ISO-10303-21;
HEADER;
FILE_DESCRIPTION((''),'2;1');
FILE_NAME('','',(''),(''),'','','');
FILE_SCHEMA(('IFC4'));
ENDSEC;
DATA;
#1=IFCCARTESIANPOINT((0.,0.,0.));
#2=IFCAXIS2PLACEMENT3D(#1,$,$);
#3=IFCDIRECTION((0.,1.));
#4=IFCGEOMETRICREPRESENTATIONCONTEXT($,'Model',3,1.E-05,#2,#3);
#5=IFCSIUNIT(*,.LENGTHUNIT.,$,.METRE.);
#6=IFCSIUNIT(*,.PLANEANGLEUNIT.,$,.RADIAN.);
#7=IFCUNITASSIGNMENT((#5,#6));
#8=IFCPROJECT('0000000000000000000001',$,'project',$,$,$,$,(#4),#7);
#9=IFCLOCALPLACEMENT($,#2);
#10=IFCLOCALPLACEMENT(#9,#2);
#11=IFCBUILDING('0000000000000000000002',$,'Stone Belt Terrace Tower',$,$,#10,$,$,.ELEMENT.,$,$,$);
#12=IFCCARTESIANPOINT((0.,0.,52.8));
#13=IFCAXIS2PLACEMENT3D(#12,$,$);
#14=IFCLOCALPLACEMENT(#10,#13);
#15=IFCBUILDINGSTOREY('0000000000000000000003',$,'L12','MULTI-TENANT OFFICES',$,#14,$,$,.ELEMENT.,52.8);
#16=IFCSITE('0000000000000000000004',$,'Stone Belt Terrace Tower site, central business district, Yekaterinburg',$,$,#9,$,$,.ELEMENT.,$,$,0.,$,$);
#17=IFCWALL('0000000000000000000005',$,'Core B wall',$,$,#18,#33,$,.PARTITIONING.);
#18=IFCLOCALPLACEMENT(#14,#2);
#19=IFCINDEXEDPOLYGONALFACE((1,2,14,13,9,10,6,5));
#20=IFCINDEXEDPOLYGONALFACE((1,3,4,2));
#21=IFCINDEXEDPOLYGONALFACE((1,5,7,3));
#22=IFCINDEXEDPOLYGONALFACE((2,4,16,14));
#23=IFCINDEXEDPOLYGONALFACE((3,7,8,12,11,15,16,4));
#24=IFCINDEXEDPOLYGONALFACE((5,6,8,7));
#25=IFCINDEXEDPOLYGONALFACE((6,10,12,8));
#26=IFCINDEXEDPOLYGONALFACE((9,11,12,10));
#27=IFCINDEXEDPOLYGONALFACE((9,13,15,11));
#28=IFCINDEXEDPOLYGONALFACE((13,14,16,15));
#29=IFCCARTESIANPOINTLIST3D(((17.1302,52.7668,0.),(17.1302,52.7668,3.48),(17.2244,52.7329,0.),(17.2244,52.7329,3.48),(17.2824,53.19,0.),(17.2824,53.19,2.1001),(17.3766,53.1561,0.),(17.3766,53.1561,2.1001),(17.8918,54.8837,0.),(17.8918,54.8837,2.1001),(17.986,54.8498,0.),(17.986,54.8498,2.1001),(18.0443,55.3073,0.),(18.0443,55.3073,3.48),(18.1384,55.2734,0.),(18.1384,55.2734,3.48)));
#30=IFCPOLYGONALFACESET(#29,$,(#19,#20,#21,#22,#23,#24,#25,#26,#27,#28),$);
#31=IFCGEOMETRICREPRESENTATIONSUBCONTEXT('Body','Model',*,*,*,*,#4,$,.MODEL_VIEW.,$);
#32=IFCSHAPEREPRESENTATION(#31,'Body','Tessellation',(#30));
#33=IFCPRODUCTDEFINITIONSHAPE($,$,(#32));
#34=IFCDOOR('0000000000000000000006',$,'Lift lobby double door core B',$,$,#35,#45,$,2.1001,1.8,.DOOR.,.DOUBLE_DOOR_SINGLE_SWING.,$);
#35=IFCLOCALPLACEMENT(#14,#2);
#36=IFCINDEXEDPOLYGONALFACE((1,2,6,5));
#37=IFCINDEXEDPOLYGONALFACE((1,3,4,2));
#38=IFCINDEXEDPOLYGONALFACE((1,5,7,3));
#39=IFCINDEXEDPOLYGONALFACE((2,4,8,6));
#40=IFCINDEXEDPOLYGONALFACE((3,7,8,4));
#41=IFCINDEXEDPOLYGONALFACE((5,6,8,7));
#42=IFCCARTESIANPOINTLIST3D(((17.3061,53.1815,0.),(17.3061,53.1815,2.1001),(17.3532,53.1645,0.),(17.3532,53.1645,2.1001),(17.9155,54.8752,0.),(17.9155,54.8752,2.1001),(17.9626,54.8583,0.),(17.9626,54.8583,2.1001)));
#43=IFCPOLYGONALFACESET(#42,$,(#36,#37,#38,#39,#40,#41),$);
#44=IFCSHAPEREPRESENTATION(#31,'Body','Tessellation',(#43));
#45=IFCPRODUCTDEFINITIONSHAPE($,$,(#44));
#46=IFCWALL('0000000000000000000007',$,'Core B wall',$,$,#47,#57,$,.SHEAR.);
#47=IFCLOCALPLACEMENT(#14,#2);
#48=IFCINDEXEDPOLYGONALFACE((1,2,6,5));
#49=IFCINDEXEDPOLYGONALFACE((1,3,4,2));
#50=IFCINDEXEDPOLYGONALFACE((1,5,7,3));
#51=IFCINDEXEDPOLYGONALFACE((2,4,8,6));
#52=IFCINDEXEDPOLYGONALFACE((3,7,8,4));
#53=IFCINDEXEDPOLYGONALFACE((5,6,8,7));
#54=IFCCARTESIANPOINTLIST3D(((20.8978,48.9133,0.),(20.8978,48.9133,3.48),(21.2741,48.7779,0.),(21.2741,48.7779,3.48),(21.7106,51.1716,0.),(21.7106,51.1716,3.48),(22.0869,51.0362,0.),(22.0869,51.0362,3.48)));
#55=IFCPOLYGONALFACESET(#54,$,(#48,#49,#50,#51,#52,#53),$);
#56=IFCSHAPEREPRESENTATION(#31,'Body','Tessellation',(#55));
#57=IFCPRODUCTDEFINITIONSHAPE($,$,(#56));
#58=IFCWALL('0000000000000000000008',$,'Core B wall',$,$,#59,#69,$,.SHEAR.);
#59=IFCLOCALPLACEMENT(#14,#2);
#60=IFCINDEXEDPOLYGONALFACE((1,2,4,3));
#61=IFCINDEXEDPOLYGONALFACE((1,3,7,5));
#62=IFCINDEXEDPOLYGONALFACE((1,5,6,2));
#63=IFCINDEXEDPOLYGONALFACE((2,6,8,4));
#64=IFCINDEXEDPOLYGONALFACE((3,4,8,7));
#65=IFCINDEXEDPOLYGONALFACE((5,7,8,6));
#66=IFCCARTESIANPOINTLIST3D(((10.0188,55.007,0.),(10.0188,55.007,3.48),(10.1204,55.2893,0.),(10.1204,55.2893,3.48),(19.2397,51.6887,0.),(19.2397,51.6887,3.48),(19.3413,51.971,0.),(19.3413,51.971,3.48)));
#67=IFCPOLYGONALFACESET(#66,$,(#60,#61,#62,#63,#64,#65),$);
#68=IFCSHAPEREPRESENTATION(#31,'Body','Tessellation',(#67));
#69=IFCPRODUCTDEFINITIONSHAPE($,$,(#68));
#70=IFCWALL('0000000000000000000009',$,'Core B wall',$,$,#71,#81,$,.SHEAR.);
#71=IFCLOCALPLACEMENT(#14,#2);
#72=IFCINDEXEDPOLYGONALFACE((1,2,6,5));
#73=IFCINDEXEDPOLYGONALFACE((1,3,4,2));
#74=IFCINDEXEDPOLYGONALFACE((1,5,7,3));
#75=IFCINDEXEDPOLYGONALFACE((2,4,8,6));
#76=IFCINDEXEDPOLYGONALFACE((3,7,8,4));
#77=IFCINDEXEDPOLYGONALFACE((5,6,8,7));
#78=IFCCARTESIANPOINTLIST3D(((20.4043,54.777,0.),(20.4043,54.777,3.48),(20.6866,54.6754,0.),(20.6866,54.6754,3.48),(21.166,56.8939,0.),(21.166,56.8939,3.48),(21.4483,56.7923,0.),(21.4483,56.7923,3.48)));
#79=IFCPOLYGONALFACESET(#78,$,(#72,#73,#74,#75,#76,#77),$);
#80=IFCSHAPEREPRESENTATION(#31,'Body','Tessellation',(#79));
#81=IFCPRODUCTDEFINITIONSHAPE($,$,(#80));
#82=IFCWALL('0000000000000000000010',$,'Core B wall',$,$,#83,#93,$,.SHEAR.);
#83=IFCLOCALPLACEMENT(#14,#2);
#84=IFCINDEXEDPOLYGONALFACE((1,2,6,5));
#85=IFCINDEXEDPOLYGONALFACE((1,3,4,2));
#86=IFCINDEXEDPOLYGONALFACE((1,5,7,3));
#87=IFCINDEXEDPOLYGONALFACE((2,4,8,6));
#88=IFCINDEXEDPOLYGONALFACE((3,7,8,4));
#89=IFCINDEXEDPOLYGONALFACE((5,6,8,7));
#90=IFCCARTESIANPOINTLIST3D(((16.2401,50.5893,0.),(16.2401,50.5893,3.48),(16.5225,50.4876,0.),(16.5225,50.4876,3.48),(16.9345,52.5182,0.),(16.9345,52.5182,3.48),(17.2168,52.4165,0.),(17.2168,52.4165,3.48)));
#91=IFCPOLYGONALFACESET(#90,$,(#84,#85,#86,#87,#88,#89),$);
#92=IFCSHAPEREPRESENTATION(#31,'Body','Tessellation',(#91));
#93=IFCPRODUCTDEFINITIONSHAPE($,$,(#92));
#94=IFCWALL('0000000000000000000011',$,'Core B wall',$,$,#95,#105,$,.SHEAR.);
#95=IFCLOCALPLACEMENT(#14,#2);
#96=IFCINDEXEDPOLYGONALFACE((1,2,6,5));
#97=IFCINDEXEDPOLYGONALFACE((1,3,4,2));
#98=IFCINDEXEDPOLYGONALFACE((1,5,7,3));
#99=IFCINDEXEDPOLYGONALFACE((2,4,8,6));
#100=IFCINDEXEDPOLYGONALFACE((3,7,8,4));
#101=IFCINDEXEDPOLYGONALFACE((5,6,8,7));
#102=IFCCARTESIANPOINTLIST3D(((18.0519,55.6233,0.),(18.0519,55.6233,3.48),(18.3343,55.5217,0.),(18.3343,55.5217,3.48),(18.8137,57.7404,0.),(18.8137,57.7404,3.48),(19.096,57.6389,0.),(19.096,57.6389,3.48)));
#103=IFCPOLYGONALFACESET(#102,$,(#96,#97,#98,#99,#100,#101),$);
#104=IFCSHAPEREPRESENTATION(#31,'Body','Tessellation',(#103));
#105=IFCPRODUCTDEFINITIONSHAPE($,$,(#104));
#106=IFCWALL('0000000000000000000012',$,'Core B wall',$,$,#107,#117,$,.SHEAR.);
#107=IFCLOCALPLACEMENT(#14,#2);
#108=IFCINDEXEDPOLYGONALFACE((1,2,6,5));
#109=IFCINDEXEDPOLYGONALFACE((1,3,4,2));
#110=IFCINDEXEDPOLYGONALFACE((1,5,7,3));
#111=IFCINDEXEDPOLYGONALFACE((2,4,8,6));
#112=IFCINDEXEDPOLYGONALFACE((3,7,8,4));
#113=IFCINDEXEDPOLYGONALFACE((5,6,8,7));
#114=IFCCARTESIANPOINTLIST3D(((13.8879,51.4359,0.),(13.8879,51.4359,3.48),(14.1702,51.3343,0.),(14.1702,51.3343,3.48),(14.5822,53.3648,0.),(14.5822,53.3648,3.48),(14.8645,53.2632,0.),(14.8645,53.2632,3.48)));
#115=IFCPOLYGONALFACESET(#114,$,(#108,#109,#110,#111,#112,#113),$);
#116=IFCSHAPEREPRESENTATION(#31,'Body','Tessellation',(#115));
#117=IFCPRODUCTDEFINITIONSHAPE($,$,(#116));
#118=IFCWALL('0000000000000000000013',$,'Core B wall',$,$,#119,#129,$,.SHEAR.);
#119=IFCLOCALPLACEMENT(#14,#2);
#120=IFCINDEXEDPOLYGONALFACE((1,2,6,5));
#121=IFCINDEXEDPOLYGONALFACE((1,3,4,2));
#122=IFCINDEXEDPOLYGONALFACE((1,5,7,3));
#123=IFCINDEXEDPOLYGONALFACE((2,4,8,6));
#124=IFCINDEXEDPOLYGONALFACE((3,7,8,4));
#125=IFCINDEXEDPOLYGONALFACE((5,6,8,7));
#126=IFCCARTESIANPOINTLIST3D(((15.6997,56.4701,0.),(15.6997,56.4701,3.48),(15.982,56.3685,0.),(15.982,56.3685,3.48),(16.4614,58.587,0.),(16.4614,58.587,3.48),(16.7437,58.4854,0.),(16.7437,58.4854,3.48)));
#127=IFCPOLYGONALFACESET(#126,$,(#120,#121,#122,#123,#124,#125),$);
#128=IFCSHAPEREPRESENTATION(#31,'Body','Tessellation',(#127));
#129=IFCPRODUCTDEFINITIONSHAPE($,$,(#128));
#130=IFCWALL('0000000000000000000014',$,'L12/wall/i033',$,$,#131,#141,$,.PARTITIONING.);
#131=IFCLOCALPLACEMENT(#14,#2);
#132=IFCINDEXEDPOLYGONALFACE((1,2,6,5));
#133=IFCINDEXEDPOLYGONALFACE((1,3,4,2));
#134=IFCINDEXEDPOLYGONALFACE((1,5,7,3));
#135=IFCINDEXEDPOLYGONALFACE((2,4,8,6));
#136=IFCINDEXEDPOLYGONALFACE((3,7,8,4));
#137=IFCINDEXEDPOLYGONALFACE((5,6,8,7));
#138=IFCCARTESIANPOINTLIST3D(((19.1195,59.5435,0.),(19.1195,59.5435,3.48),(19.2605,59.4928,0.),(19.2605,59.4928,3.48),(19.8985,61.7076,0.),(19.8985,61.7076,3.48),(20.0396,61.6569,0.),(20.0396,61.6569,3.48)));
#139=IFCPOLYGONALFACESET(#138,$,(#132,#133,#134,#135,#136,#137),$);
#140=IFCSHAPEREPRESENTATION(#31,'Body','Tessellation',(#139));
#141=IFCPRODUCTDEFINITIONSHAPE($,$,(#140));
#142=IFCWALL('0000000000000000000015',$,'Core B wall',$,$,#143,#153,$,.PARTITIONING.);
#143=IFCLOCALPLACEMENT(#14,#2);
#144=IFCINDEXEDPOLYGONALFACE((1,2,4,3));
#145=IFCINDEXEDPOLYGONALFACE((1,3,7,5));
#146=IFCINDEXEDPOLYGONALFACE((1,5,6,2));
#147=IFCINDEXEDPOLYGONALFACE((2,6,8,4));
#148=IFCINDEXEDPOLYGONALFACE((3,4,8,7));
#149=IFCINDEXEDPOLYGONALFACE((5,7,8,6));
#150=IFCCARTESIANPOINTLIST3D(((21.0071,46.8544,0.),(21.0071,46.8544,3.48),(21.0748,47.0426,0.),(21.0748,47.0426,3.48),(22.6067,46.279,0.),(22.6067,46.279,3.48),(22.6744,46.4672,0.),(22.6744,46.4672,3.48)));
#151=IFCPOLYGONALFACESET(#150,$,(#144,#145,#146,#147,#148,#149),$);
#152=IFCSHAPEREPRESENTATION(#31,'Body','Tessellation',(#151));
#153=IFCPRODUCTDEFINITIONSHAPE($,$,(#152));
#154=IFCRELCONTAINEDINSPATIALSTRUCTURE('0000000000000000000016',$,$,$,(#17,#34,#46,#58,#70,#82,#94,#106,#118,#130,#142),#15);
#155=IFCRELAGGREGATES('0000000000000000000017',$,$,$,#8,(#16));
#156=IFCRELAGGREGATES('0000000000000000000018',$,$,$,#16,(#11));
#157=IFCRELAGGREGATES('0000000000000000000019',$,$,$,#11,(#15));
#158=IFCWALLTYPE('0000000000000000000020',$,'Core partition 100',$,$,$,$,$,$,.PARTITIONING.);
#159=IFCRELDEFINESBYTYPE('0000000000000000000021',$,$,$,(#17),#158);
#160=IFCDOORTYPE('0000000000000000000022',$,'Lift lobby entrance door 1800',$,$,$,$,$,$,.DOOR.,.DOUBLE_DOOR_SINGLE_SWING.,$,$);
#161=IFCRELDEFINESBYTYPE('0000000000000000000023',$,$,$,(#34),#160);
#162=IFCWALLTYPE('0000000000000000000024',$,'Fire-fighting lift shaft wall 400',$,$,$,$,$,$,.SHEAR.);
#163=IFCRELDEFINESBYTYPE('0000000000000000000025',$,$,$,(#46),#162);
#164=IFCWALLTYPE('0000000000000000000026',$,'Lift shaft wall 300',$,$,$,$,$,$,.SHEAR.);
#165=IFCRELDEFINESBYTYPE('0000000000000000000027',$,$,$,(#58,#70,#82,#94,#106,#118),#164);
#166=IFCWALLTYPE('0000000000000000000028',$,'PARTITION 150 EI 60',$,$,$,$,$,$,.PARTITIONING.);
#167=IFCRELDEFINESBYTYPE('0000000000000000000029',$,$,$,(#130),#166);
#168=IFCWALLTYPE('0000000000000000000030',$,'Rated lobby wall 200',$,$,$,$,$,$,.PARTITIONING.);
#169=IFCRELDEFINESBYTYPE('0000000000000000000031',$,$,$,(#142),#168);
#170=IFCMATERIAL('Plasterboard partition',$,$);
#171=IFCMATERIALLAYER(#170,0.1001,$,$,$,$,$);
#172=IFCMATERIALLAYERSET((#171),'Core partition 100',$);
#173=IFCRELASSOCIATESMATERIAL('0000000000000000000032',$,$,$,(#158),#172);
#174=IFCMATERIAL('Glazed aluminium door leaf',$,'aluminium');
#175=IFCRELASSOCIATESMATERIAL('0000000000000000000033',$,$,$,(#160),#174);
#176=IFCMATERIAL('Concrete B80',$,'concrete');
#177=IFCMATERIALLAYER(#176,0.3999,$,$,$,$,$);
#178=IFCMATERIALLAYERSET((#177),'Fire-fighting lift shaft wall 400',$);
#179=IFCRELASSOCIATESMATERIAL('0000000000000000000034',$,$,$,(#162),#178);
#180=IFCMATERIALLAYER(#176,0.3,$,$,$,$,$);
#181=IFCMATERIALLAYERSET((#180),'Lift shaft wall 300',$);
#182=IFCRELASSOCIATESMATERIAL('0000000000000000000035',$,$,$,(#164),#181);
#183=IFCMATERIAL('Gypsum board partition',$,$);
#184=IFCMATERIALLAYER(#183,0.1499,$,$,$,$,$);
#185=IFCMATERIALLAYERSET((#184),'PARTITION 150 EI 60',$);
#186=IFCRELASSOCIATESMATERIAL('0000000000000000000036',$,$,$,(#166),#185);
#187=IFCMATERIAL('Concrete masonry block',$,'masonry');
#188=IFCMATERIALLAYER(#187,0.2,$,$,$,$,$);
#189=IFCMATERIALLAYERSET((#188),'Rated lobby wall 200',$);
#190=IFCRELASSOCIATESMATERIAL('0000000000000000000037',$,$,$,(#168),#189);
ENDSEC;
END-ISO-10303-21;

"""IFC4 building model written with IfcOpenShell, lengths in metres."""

from ifc_helpers import new_model, si_unit, direction, frame, frame_2d, origin, place, context, subcontext, project, spatial, rectangle, extrude, material, layer, layer_set, type_object, element, fill, save


model = new_model("IFC4")

# Units and contexts
model_context = context("Model", 3, precision=1e-05, world=origin(), true_north=direction((0.0, 1.0)))
body_context = subcontext(model_context, "Body", "Model", "MODEL_VIEW")
ifc_project = project(units=[si_unit("LENGTHUNIT", "METRE"), si_unit("PLANEANGLEUNIT", "RADIAN")], contexts=[model_context])

# Site, building, storey
site_placement = place(None, origin())
site = spatial("IfcSite", under=ifc_project, at=site_placement, Name="Stone Belt Terrace Tower site, central business district, Yekaterinburg", CompositionType="ELEMENT", RefElevation=0.0)
building_placement = place(site_placement, origin())
building = spatial("IfcBuilding", under=site, at=building_placement, Name="Stone Belt Terrace Tower", CompositionType="ELEMENT")
storey_placement = place(building_placement, frame((0.0, 0.0, 52.8)))
storey = spatial("IfcBuildingStorey", under=building, at=storey_placement, Name="L12", Description="MULTI-TENANT OFFICES", CompositionType="ELEMENT", Elevation=52.8)

# Shared definitions
ifc_material_1 = material(Name="Concrete B80", Category="concrete")

# Wall, opening, door
ifc_material_2 = material(Name="Plasterboard partition")
ifc_layer_1 = layer(ifc_material_2, 0.1001)
ifc_layer_set_1 = layer_set([ifc_layer_1], Name="Core partition 100")
wall_type_1 = type_object("IfcWallType", Name="Core partition 100", PredefinedType="PARTITIONING", material=ifc_layer_set_1)
wall_1_placement = place(storey_placement, frame((17.1772, 52.7498, 0.0), z_axis=(0.0, 0.0, 1.0), x_axis=(0.338547, 0.94095, 0.0)))
wall_1 = element("IfcWall", 1, at=wall_1_placement, inside=storey, type_object=wall_type_1, Name="Core B wall", PredefinedType="PARTITIONING", context=body_context, shape_type="SweptSolid", body=[
    extrude(rectangle(XDim=2.7, YDim=0.1001, at=frame_2d((1.3501, 0.0))), origin(), (0.0, 0.0, 1.0), 3.48),
])
opening_1_placement = place(wall_1_placement, frame((0.45, 0.0, 0.0)))
opening_1 = element("IfcOpeningElement", 2, at=opening_1_placement, cuts=wall_1, PredefinedType="OPENING", context=body_context, shape_type="SweptSolid", body=[
    extrude(rectangle(XDim=1.8, YDim=2.1001, at=frame_2d((0.8999, 1.05))), frame((0.0, 0.0601, 0.0), z_axis=(0.0, -1.0, 0.0), x_axis=(1.0, 0.0, 0.0)), (0.0, 0.0, 1.0), 0.1201),
])
ifc_material_3 = material(Name="Glazed aluminium door leaf", Category="aluminium")
door_type_1 = type_object("IfcDoorType", Name="Lift lobby entrance door 1800", OperationType="DOUBLE_DOOR_SINGLE_SWING", PredefinedType="DOOR", material=ifc_material_3)
door_1_placement = place(opening_1_placement, origin())
door_1 = element("IfcDoor", 3, at=door_1_placement, inside=storey, type_object=door_type_1, Name="Lift lobby double door core B", OperationType="DOUBLE_DOOR_SINGLE_SWING", OverallHeight=2.1001, OverallWidth=1.8, PredefinedType="DOOR", context=body_context, shape_type="SweptSolid", body=[
    extrude(rectangle(XDim=1.8, YDim=2.1001, at=frame_2d((0.8999, 1.05))), frame((0.0, 0.0249, 0.0), z_axis=(0.0, -1.0, 0.0), x_axis=(1.0, 0.0, 0.0)), (0.0, 0.0, 1.0), 0.05),
])
fill(opening_1, door_1)

# Walls
ifc_layer_2 = layer(ifc_material_1, 0.3999)
ifc_layer_set_2 = layer_set([ifc_layer_2], Name="Fire-fighting lift shaft wall 400")
wall_type_2 = type_object("IfcWallType", Name="Fire-fighting lift shaft wall 400", PredefinedType="SHEAR", material=ifc_layer_set_2)
wall_2_placement = place(storey_placement, frame((21.0859, 48.8455, 0.0), z_axis=(0.0, 0.0, 1.0), x_axis=(0.338629, 0.94092, 0.0)))
element("IfcWall", 4, at=wall_2_placement, inside=storey, type_object=wall_type_2, Name="Core B wall", PredefinedType="SHEAR", context=body_context, shape_type="SweptSolid", body=[
    extrude(rectangle(XDim=2.4001, YDim=0.3999, at=frame_2d((1.2002, 0.0))), origin(), (0.0, 0.0, 1.0), 3.48),
])
ifc_layer_3 = layer(ifc_material_1, 0.3)
ifc_layer_set_3 = layer_set([ifc_layer_3], Name="Lift shaft wall 300")
wall_type_3 = type_object("IfcWallType", Name="Lift shaft wall 300", PredefinedType="SHEAR", material=ifc_layer_set_3)
wall_3_placement = place(storey_placement, frame((19.2905, 51.8298, 0.0), z_axis=(0.0, 0.0, 1.0), x_axis=(-0.940926, 0.338613, 0.0)))
element("IfcWall", 5, at=wall_3_placement, inside=storey, type_object=wall_type_3, Name="Core B wall", PredefinedType="SHEAR", context=body_context, shape_type="SweptSolid", body=[
    extrude(rectangle(XDim=9.7998, YDim=0.3, at=frame_2d((4.8999, 0.0))), origin(), (0.0, 0.0, 1.0), 3.48),
])
wall_4_placement = place(storey_placement, frame((20.5454, 54.7261, 0.0), z_axis=(0.0, 0.0, 1.0), x_axis=(0.33857, 0.940941, 0.0)))
element("IfcWall", 6, at=wall_4_placement, inside=storey, type_object=wall_type_3, Name="Core B wall", PredefinedType="SHEAR", context=body_context, shape_type="SweptSolid", body=[
    extrude(rectangle(XDim=2.2498, YDim=0.3, at=frame_2d((1.125, 0.0))), origin(), (0.0, 0.0, 1.0), 3.48),
])
wall_5_placement = place(storey_placement, frame((16.3813, 50.5386, 0.0), z_axis=(0.0, 0.0, 1.0), x_axis=(0.338682, 0.940901, 0.0)))
element("IfcWall", 7, at=wall_5_placement, inside=storey, type_object=wall_type_3, Name="Core B wall", PredefinedType="SHEAR", context=body_context, shape_type="SweptSolid", body=[
    extrude(rectangle(XDim=2.05, YDim=0.3, at=frame_2d((1.0249, 0.0))), origin(), (0.0, 0.0, 1.0), 3.48),
])
wall_6_placement = place(storey_placement, frame((18.1931, 55.5725, 0.0), z_axis=(0.0, 0.0, 1.0), x_axis=(0.338535, 0.940954, 0.0)))
element("IfcWall", 8, at=wall_6_placement, inside=storey, type_object=wall_type_3, Name="Core B wall", PredefinedType="SHEAR", context=body_context, shape_type="SweptSolid", body=[
    extrude(rectangle(XDim=2.25, YDim=0.3, at=frame_2d((1.125, 0.0))), origin(), (0.0, 0.0, 1.0), 3.48),
])
wall_7_placement = place(storey_placement, frame((14.0291, 51.3853, 0.0), z_axis=(0.0, 0.0, 1.0), x_axis=(0.338682, 0.940901, 0.0)))
element("IfcWall", 9, at=wall_7_placement, inside=storey, type_object=wall_type_3, Name="Core B wall", PredefinedType="SHEAR", context=body_context, shape_type="SweptSolid", body=[
    extrude(rectangle(XDim=2.05, YDim=0.3, at=frame_2d((1.0249, 0.0))), origin(), (0.0, 0.0, 1.0), 3.48),
])
wall_8_placement = place(storey_placement, frame((15.8408, 56.4192, 0.0), z_axis=(0.0, 0.0, 1.0), x_axis=(0.33857, 0.940941, 0.0)))
element("IfcWall", 10, at=wall_8_placement, inside=storey, type_object=wall_type_3, Name="Core B wall", PredefinedType="SHEAR", context=body_context, shape_type="SweptSolid", body=[
    extrude(rectangle(XDim=2.2498, YDim=0.3, at=frame_2d((1.125, 0.0))), origin(), (0.0, 0.0, 1.0), 3.48),
])
ifc_material_4 = material(Name="Gypsum board partition")
ifc_layer_4 = layer(ifc_material_4, 0.1499)
ifc_layer_set_4 = layer_set([ifc_layer_4], Name="PARTITION 150 EI 60")
wall_type_4 = type_object("IfcWallType", Name="PARTITION 150 EI 60", PredefinedType="PARTITIONING", material=ifc_layer_set_4)
wall_9_placement = place(storey_placement, frame((19.969, 61.6821, 0.0), z_axis=(0.0, 0.0, 1.0), x_axis=(-0.338716, -0.940889, 0.0)))
element("IfcWall", 11, at=wall_9_placement, inside=storey, type_object=wall_type_4, Name="L12/wall/i033", PredefinedType="PARTITIONING", context=body_context, shape_type="SweptSolid", body=[
    extrude(rectangle(XDim=2.3, YDim=0.1499, at=frame_2d((1.1499, 0.0))), origin(), (0.0, 0.0, 1.0), 3.48),
])
ifc_material_5 = material(Name="Concrete masonry block", Category="masonry")
ifc_layer_5 = layer(ifc_material_5, 0.2)
ifc_layer_set_5 = layer_set([ifc_layer_5], Name="Rated lobby wall 200")
wall_type_5 = type_object("IfcWallType", Name="Rated lobby wall 200", PredefinedType="PARTITIONING", material=ifc_layer_set_5)
wall_10_placement = place(storey_placement, frame((22.6406, 46.373, 0.0), z_axis=(0.0, 0.0, 1.0), x_axis=(-0.940966, 0.338501, 0.0)))
element("IfcWall", 12, at=wall_10_placement, inside=storey, type_object=wall_type_5, Name="Core B wall", PredefinedType="PARTITIONING", context=body_context, shape_type="SweptSolid", body=[
    extrude(rectangle(XDim=1.7, YDim=0.2, at=frame_2d((0.8501, 0.0))), origin(), (0.0, 0.0, 1.0), 3.48),
])

save(model, "model.ifc")
